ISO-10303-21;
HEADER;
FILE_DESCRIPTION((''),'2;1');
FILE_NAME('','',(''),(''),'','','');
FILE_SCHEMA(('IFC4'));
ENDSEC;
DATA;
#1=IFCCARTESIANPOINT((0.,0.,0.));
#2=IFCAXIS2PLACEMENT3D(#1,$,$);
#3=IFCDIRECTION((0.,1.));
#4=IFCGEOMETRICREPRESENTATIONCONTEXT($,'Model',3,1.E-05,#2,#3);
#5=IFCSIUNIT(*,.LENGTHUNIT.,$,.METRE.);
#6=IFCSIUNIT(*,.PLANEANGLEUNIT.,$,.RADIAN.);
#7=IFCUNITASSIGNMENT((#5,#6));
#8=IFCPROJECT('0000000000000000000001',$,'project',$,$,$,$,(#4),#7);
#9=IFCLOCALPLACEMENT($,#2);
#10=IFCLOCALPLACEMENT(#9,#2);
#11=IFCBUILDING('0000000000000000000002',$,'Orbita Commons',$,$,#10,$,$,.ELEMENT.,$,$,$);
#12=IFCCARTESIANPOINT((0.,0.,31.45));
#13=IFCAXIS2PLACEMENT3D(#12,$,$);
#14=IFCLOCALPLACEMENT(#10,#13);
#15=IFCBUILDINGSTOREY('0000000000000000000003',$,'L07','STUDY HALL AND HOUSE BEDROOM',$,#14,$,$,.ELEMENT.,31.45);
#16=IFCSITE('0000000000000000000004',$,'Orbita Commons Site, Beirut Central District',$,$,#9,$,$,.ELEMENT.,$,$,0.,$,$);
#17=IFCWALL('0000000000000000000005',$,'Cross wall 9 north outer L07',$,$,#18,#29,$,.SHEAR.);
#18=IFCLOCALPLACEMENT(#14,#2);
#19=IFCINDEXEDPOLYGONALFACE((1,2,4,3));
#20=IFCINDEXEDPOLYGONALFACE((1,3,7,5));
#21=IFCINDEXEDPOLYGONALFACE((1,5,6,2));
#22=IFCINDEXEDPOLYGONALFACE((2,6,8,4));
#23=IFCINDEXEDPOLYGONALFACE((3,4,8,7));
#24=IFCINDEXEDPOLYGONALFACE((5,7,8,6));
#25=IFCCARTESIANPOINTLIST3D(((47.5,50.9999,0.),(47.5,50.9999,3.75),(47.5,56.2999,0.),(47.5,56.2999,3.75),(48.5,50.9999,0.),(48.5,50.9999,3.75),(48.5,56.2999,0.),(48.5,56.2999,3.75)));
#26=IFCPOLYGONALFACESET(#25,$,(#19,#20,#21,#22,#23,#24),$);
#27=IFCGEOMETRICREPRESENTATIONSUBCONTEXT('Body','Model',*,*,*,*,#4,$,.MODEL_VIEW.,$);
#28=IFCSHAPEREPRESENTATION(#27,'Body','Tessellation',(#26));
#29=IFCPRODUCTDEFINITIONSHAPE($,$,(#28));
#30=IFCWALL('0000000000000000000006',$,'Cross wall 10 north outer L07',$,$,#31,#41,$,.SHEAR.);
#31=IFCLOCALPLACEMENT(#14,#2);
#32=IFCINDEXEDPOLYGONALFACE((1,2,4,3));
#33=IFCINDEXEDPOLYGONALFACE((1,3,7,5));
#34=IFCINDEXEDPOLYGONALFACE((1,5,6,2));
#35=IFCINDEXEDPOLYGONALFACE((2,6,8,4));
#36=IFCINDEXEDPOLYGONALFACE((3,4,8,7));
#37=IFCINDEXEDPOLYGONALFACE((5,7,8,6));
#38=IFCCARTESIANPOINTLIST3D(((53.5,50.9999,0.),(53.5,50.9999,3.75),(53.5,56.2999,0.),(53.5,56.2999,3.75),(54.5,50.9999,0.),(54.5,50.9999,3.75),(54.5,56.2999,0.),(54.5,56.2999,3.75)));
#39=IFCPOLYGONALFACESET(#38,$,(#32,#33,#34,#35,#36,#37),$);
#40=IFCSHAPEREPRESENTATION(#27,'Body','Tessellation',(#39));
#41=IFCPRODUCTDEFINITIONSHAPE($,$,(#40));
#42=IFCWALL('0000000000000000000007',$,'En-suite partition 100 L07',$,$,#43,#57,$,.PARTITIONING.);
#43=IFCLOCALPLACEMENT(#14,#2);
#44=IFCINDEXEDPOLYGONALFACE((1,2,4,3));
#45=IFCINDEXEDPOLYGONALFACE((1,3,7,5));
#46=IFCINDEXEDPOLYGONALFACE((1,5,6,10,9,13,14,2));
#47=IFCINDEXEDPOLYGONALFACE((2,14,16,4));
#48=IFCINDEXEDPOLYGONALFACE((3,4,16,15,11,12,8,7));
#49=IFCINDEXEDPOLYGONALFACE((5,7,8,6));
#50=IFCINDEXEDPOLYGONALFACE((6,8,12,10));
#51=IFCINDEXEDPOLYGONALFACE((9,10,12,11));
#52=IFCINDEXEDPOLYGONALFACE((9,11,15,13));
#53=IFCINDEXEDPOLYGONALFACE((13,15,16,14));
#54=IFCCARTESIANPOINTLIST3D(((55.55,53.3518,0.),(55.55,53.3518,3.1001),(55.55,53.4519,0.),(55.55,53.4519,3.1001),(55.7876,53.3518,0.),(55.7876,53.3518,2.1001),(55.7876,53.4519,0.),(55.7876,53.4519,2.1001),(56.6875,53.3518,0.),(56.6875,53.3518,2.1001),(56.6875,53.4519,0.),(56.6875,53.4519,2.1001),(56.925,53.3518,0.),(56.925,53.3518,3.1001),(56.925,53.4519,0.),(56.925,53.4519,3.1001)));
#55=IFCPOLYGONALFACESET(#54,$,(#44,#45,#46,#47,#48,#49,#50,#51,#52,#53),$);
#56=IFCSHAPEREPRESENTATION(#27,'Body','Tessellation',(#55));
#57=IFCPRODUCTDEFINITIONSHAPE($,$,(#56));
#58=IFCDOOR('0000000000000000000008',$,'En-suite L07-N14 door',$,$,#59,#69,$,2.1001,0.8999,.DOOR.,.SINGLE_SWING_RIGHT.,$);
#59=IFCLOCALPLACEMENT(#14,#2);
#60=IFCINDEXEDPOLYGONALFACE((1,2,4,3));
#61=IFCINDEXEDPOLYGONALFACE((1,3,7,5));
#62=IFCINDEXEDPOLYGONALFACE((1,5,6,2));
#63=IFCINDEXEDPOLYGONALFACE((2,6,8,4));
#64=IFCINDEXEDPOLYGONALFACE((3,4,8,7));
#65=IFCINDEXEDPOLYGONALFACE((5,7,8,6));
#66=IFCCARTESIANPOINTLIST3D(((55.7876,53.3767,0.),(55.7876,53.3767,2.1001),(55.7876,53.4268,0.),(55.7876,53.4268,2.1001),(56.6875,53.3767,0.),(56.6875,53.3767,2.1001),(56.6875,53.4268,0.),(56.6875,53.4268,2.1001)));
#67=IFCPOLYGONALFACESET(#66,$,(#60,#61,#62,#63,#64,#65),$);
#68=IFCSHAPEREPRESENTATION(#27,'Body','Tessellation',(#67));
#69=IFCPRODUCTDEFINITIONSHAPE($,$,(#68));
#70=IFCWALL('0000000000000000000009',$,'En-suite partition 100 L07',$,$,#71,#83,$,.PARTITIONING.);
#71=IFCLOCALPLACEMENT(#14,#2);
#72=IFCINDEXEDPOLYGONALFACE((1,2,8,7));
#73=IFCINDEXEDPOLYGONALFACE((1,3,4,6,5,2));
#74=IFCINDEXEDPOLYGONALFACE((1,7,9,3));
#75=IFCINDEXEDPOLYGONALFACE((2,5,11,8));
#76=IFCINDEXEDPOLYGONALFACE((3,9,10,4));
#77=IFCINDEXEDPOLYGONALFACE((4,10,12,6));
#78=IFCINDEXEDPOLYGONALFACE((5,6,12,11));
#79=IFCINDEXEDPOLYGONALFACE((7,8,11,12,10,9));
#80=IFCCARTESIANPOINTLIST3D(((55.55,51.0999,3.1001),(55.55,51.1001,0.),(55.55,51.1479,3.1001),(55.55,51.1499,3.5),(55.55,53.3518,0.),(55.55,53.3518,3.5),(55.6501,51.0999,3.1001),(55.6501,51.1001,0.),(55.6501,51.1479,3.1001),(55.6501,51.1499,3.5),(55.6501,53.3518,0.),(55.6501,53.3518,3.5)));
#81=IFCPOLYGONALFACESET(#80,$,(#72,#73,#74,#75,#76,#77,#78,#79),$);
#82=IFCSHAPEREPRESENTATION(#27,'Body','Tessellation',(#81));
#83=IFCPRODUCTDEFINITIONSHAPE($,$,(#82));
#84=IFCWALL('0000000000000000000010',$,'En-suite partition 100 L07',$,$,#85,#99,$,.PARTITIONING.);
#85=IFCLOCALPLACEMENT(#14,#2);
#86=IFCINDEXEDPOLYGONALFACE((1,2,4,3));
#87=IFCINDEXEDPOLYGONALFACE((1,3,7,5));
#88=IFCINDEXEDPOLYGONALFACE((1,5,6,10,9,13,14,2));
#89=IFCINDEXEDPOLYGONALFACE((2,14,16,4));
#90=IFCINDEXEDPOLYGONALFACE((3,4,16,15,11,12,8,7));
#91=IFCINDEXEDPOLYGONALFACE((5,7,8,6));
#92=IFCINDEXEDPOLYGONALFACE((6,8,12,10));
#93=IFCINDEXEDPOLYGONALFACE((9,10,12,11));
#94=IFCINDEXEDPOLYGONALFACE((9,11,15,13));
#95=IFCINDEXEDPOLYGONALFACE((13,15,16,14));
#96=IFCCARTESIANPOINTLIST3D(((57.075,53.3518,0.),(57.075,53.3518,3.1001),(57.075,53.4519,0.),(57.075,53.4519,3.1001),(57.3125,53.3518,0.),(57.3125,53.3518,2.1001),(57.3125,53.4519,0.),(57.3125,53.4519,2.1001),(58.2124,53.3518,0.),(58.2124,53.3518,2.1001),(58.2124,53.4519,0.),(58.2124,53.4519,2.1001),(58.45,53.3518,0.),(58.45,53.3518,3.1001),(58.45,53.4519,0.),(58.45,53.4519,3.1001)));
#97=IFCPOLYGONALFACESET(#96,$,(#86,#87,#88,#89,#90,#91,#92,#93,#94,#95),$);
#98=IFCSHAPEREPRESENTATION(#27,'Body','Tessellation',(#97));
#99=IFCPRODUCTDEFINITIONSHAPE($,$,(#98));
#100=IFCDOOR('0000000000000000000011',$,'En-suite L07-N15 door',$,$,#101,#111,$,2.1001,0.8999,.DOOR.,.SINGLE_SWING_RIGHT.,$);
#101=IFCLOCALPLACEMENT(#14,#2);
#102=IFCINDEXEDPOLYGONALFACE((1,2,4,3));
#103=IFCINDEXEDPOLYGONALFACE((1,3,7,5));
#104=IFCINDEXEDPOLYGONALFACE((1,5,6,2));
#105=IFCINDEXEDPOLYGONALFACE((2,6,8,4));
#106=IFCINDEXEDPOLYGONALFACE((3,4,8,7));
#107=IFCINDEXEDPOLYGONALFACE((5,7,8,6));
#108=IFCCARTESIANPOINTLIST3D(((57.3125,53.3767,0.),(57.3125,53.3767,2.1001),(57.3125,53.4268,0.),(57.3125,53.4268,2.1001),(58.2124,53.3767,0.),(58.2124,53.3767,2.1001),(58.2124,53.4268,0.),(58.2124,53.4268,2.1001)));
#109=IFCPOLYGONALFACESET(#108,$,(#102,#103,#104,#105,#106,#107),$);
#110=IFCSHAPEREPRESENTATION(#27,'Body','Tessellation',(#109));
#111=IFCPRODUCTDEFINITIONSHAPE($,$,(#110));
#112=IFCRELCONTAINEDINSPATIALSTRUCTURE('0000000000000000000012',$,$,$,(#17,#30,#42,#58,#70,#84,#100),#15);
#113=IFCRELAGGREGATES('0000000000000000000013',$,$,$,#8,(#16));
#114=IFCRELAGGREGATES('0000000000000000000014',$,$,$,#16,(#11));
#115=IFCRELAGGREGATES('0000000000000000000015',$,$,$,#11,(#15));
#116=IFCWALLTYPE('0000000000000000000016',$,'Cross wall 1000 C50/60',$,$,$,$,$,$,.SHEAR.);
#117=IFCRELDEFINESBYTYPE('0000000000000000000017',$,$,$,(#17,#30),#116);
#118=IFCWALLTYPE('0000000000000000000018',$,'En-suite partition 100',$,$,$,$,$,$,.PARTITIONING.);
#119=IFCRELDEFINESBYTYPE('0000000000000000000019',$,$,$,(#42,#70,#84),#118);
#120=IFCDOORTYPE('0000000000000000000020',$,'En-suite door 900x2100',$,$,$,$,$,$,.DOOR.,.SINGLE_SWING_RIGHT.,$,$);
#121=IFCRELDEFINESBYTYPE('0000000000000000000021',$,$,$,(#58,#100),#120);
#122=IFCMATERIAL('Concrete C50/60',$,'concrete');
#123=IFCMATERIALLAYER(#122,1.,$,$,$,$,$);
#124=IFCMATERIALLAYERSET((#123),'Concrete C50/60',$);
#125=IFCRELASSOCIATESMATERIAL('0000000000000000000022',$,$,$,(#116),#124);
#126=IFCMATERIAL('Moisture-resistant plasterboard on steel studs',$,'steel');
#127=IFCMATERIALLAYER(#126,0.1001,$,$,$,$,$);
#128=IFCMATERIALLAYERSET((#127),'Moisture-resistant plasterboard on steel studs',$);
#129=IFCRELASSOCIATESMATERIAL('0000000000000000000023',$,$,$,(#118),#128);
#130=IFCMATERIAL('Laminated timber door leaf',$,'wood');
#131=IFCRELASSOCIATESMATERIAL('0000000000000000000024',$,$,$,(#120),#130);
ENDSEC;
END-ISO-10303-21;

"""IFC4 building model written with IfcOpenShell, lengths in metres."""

from ifc_helpers import new_model, si_unit, direction, frame, frame_2d, origin, place, context, subcontext, project, spatial, polyline, rectangle, outline, extrude, material, layer, layer_set, type_object, element, fill, save


model = new_model("IFC4")

# Units and contexts
model_context = context("Model", 3, precision=1e-05, world=origin(), true_north=direction((0.0, 1.0)))
body_context = subcontext(model_context, "Body", "Model", "MODEL_VIEW")
ifc_project = project(units=[si_unit("LENGTHUNIT", "METRE"), si_unit("PLANEANGLEUNIT", "RADIAN")], contexts=[model_context])

# Site, building, storey
site_placement = place(None, origin())
site = spatial("IfcSite", under=ifc_project, at=site_placement, Name="Orbita Commons Site, Beirut Central District", CompositionType="ELEMENT", RefElevation=0.0)
building_placement = place(site_placement, origin())
building = spatial("IfcBuilding", under=site, at=building_placement, Name="Orbita Commons", CompositionType="ELEMENT")
storey_placement = place(building_placement, frame((0.0, 0.0, 31.45)))
storey = spatial("IfcBuildingStorey", under=building, at=storey_placement, Name="L07", Description="STUDY HALL AND HOUSE BEDROOM", CompositionType="ELEMENT", Elevation=31.45)

# Walls
ifc_material_1 = material(Name="Concrete C50/60", Category="concrete")
ifc_layer_1 = layer(ifc_material_1, 1.0)
ifc_layer_set_1 = layer_set([ifc_layer_1], Name="Concrete C50/60")
wall_type_1 = type_object("IfcWallType", Name="Cross wall 1000 C50/60", PredefinedType="SHEAR", material=ifc_layer_set_1)
for number, where, z_axis, x_axis, name in (
    (1, (48.0, 51.0, 0.0), (0.0, 0.0, 1.0), (0.0, 1.0, 0.0), "Cross wall 9 north outer L07"),
    (2, (54.0, 51.0, 0.0), (0.0, 0.0, 1.0), (0.0, 1.0, 0.0), "Cross wall 10 north outer L07"),
):
    element("IfcWall", number, at=place(storey_placement, frame(where, z_axis=z_axis, x_axis=x_axis)), inside=storey, type_object=wall_type_1, Name=name, PredefinedType="SHEAR", context=body_context, shape_type="SweptSolid", body=[
        extrude(rectangle(XDim=5.3, YDim=1.0, at=frame_2d((2.6499, 0.0))), origin(), (0.0, 0.0, 1.0), 3.75),
    ])

# Wall, opening, door
ifc_material_2 = material(Name="Moisture-resistant plasterboard on steel studs", Category="steel")
ifc_layer_2 = layer(ifc_material_2, 0.1001)
ifc_layer_set_2 = layer_set([ifc_layer_2], Name="Moisture-resistant plasterboard on steel studs")
wall_type_2 = type_object("IfcWallType", Name="En-suite partition 100", PredefinedType="PARTITIONING", material=ifc_layer_set_2)
wall_1_placement = place(storey_placement, frame((55.55, 53.4019, 0.0), z_axis=(0.0, 0.0, 1.0), x_axis=(1.0, 0.0, 0.0)))
wall_1 = element("IfcWall", 3, at=wall_1_placement, inside=storey, type_object=wall_type_2, Name="En-suite partition 100 L07", PredefinedType="PARTITIONING", context=body_context, shape_type="SweptSolid", body=[
    extrude(outline(polyline([(0.0, 0.0), (1.375, 0.0), (1.375, 3.1001), (0.0, 3.1001), (0.0, 0.0)])), frame((0.0, 0.05, 0.0), z_axis=(0.0, -1.0, 0.0), x_axis=(1.0, 0.0, 0.0)), (0.0, 0.0, 1.0), 0.1001),
])
opening_1_placement = place(wall_1_placement, frame((0.2375, 0.0, 0.0)))
opening_1 = element("IfcOpeningElement", 4, at=opening_1_placement, cuts=wall_1, PredefinedType="OPENING", context=body_context, shape_type="SweptSolid", body=[
    extrude(rectangle(XDim=0.8999, YDim=2.1001, at=frame_2d((0.45, 1.05))), frame((0.0, 0.0601, 0.0), z_axis=(0.0, -1.0, 0.0), x_axis=(1.0, 0.0, 0.0)), (0.0, 0.0, 1.0), 0.1201),
])
ifc_material_3 = material(Name="Laminated timber door leaf", Category="wood")
door_type_1 = type_object("IfcDoorType", Name="En-suite door 900x2100", OperationType="SINGLE_SWING_RIGHT", PredefinedType="DOOR", material=ifc_material_3)
door_1_placement = place(opening_1_placement, origin())
door_1 = element("IfcDoor", 5, at=door_1_placement, inside=storey, type_object=door_type_1, Name="En-suite L07-N14 door", OperationType="SINGLE_SWING_RIGHT", OverallHeight=2.1001, OverallWidth=0.8999, PredefinedType="DOOR", context=body_context, shape_type="SweptSolid", body=[
    extrude(rectangle(XDim=0.8999, YDim=2.1001, at=frame_2d((0.45, 1.05))), frame((0.0, 0.0249, 0.0), z_axis=(0.0, -1.0, 0.0), x_axis=(1.0, 0.0, 0.0)), (0.0, 0.0, 1.0), 0.05),
])
fill(opening_1, door_1)

# Wall
wall_2_placement = place(storey_placement, frame((55.6001, 53.3518, 0.0), z_axis=(0.0, 0.0, 1.0), x_axis=(0.0, -1.0, 0.0)))
element("IfcWall", 6, at=wall_2_placement, inside=storey, type_object=wall_type_2, Name="En-suite partition 100 L07", PredefinedType="PARTITIONING", context=body_context, shape_type="SweptSolid", body=[
    extrude(outline(polyline([(0.0, 0.0), (2.2517, 0.0), (2.252, 3.1001), (2.2039, 3.1001), (2.2019, 3.5), (0.0, 3.5), (0.0, 0.0)])), frame((0.0, 0.05, 0.0), z_axis=(0.0, -1.0, 0.0), x_axis=(1.0, 0.0, 0.0)), (0.0, 0.0, 1.0), 0.1001),
])

# Wall, opening, door
wall_3_placement = place(storey_placement, frame((57.075, 53.4019, 0.0), z_axis=(0.0, 0.0, 1.0), x_axis=(1.0, 0.0, 0.0)))
wall_3 = element("IfcWall", 7, at=wall_3_placement, inside=storey, type_object=wall_type_2, Name="En-suite partition 100 L07", PredefinedType="PARTITIONING", context=body_context, shape_type="SweptSolid", body=[
    extrude(outline(polyline([(0.0, 0.0), (1.375, 0.0), (1.375, 3.1001), (0.0, 3.1001), (0.0, 0.0)])), frame((0.0, 0.05, 0.0), z_axis=(0.0, -1.0, 0.0), x_axis=(1.0, 0.0, 0.0)), (0.0, 0.0, 1.0), 0.1001),
])
opening_2_placement = place(wall_3_placement, frame((0.2375, 0.0, 0.0)))
opening_2 = element("IfcOpeningElement", 8, at=opening_2_placement, cuts=wall_3, PredefinedType="OPENING", context=body_context, shape_type="SweptSolid", body=[
    extrude(rectangle(XDim=0.8999, YDim=2.1001, at=frame_2d((0.45, 1.05))), frame((0.0, 0.0601, 0.0), z_axis=(0.0, -1.0, 0.0), x_axis=(1.0, 0.0, 0.0)), (0.0, 0.0, 1.0), 0.1201),
])
door_2_placement = place(opening_2_placement, origin())
door_2 = element("IfcDoor", 9, at=door_2_placement, inside=storey, type_object=door_type_1, Name="En-suite L07-N15 door", OperationType="SINGLE_SWING_RIGHT", OverallHeight=2.1001, OverallWidth=0.8999, PredefinedType="DOOR", context=body_context, shape_type="SweptSolid", body=[
    extrude(rectangle(XDim=0.8999, YDim=2.1001, at=frame_2d((0.45, 1.05))), frame((0.0, 0.0249, 0.0), z_axis=(0.0, -1.0, 0.0), x_axis=(1.0, 0.0, 0.0)), (0.0, 0.0, 1.0), 0.05),
])
fill(opening_2, door_2)

save(model, "model.ifc")
